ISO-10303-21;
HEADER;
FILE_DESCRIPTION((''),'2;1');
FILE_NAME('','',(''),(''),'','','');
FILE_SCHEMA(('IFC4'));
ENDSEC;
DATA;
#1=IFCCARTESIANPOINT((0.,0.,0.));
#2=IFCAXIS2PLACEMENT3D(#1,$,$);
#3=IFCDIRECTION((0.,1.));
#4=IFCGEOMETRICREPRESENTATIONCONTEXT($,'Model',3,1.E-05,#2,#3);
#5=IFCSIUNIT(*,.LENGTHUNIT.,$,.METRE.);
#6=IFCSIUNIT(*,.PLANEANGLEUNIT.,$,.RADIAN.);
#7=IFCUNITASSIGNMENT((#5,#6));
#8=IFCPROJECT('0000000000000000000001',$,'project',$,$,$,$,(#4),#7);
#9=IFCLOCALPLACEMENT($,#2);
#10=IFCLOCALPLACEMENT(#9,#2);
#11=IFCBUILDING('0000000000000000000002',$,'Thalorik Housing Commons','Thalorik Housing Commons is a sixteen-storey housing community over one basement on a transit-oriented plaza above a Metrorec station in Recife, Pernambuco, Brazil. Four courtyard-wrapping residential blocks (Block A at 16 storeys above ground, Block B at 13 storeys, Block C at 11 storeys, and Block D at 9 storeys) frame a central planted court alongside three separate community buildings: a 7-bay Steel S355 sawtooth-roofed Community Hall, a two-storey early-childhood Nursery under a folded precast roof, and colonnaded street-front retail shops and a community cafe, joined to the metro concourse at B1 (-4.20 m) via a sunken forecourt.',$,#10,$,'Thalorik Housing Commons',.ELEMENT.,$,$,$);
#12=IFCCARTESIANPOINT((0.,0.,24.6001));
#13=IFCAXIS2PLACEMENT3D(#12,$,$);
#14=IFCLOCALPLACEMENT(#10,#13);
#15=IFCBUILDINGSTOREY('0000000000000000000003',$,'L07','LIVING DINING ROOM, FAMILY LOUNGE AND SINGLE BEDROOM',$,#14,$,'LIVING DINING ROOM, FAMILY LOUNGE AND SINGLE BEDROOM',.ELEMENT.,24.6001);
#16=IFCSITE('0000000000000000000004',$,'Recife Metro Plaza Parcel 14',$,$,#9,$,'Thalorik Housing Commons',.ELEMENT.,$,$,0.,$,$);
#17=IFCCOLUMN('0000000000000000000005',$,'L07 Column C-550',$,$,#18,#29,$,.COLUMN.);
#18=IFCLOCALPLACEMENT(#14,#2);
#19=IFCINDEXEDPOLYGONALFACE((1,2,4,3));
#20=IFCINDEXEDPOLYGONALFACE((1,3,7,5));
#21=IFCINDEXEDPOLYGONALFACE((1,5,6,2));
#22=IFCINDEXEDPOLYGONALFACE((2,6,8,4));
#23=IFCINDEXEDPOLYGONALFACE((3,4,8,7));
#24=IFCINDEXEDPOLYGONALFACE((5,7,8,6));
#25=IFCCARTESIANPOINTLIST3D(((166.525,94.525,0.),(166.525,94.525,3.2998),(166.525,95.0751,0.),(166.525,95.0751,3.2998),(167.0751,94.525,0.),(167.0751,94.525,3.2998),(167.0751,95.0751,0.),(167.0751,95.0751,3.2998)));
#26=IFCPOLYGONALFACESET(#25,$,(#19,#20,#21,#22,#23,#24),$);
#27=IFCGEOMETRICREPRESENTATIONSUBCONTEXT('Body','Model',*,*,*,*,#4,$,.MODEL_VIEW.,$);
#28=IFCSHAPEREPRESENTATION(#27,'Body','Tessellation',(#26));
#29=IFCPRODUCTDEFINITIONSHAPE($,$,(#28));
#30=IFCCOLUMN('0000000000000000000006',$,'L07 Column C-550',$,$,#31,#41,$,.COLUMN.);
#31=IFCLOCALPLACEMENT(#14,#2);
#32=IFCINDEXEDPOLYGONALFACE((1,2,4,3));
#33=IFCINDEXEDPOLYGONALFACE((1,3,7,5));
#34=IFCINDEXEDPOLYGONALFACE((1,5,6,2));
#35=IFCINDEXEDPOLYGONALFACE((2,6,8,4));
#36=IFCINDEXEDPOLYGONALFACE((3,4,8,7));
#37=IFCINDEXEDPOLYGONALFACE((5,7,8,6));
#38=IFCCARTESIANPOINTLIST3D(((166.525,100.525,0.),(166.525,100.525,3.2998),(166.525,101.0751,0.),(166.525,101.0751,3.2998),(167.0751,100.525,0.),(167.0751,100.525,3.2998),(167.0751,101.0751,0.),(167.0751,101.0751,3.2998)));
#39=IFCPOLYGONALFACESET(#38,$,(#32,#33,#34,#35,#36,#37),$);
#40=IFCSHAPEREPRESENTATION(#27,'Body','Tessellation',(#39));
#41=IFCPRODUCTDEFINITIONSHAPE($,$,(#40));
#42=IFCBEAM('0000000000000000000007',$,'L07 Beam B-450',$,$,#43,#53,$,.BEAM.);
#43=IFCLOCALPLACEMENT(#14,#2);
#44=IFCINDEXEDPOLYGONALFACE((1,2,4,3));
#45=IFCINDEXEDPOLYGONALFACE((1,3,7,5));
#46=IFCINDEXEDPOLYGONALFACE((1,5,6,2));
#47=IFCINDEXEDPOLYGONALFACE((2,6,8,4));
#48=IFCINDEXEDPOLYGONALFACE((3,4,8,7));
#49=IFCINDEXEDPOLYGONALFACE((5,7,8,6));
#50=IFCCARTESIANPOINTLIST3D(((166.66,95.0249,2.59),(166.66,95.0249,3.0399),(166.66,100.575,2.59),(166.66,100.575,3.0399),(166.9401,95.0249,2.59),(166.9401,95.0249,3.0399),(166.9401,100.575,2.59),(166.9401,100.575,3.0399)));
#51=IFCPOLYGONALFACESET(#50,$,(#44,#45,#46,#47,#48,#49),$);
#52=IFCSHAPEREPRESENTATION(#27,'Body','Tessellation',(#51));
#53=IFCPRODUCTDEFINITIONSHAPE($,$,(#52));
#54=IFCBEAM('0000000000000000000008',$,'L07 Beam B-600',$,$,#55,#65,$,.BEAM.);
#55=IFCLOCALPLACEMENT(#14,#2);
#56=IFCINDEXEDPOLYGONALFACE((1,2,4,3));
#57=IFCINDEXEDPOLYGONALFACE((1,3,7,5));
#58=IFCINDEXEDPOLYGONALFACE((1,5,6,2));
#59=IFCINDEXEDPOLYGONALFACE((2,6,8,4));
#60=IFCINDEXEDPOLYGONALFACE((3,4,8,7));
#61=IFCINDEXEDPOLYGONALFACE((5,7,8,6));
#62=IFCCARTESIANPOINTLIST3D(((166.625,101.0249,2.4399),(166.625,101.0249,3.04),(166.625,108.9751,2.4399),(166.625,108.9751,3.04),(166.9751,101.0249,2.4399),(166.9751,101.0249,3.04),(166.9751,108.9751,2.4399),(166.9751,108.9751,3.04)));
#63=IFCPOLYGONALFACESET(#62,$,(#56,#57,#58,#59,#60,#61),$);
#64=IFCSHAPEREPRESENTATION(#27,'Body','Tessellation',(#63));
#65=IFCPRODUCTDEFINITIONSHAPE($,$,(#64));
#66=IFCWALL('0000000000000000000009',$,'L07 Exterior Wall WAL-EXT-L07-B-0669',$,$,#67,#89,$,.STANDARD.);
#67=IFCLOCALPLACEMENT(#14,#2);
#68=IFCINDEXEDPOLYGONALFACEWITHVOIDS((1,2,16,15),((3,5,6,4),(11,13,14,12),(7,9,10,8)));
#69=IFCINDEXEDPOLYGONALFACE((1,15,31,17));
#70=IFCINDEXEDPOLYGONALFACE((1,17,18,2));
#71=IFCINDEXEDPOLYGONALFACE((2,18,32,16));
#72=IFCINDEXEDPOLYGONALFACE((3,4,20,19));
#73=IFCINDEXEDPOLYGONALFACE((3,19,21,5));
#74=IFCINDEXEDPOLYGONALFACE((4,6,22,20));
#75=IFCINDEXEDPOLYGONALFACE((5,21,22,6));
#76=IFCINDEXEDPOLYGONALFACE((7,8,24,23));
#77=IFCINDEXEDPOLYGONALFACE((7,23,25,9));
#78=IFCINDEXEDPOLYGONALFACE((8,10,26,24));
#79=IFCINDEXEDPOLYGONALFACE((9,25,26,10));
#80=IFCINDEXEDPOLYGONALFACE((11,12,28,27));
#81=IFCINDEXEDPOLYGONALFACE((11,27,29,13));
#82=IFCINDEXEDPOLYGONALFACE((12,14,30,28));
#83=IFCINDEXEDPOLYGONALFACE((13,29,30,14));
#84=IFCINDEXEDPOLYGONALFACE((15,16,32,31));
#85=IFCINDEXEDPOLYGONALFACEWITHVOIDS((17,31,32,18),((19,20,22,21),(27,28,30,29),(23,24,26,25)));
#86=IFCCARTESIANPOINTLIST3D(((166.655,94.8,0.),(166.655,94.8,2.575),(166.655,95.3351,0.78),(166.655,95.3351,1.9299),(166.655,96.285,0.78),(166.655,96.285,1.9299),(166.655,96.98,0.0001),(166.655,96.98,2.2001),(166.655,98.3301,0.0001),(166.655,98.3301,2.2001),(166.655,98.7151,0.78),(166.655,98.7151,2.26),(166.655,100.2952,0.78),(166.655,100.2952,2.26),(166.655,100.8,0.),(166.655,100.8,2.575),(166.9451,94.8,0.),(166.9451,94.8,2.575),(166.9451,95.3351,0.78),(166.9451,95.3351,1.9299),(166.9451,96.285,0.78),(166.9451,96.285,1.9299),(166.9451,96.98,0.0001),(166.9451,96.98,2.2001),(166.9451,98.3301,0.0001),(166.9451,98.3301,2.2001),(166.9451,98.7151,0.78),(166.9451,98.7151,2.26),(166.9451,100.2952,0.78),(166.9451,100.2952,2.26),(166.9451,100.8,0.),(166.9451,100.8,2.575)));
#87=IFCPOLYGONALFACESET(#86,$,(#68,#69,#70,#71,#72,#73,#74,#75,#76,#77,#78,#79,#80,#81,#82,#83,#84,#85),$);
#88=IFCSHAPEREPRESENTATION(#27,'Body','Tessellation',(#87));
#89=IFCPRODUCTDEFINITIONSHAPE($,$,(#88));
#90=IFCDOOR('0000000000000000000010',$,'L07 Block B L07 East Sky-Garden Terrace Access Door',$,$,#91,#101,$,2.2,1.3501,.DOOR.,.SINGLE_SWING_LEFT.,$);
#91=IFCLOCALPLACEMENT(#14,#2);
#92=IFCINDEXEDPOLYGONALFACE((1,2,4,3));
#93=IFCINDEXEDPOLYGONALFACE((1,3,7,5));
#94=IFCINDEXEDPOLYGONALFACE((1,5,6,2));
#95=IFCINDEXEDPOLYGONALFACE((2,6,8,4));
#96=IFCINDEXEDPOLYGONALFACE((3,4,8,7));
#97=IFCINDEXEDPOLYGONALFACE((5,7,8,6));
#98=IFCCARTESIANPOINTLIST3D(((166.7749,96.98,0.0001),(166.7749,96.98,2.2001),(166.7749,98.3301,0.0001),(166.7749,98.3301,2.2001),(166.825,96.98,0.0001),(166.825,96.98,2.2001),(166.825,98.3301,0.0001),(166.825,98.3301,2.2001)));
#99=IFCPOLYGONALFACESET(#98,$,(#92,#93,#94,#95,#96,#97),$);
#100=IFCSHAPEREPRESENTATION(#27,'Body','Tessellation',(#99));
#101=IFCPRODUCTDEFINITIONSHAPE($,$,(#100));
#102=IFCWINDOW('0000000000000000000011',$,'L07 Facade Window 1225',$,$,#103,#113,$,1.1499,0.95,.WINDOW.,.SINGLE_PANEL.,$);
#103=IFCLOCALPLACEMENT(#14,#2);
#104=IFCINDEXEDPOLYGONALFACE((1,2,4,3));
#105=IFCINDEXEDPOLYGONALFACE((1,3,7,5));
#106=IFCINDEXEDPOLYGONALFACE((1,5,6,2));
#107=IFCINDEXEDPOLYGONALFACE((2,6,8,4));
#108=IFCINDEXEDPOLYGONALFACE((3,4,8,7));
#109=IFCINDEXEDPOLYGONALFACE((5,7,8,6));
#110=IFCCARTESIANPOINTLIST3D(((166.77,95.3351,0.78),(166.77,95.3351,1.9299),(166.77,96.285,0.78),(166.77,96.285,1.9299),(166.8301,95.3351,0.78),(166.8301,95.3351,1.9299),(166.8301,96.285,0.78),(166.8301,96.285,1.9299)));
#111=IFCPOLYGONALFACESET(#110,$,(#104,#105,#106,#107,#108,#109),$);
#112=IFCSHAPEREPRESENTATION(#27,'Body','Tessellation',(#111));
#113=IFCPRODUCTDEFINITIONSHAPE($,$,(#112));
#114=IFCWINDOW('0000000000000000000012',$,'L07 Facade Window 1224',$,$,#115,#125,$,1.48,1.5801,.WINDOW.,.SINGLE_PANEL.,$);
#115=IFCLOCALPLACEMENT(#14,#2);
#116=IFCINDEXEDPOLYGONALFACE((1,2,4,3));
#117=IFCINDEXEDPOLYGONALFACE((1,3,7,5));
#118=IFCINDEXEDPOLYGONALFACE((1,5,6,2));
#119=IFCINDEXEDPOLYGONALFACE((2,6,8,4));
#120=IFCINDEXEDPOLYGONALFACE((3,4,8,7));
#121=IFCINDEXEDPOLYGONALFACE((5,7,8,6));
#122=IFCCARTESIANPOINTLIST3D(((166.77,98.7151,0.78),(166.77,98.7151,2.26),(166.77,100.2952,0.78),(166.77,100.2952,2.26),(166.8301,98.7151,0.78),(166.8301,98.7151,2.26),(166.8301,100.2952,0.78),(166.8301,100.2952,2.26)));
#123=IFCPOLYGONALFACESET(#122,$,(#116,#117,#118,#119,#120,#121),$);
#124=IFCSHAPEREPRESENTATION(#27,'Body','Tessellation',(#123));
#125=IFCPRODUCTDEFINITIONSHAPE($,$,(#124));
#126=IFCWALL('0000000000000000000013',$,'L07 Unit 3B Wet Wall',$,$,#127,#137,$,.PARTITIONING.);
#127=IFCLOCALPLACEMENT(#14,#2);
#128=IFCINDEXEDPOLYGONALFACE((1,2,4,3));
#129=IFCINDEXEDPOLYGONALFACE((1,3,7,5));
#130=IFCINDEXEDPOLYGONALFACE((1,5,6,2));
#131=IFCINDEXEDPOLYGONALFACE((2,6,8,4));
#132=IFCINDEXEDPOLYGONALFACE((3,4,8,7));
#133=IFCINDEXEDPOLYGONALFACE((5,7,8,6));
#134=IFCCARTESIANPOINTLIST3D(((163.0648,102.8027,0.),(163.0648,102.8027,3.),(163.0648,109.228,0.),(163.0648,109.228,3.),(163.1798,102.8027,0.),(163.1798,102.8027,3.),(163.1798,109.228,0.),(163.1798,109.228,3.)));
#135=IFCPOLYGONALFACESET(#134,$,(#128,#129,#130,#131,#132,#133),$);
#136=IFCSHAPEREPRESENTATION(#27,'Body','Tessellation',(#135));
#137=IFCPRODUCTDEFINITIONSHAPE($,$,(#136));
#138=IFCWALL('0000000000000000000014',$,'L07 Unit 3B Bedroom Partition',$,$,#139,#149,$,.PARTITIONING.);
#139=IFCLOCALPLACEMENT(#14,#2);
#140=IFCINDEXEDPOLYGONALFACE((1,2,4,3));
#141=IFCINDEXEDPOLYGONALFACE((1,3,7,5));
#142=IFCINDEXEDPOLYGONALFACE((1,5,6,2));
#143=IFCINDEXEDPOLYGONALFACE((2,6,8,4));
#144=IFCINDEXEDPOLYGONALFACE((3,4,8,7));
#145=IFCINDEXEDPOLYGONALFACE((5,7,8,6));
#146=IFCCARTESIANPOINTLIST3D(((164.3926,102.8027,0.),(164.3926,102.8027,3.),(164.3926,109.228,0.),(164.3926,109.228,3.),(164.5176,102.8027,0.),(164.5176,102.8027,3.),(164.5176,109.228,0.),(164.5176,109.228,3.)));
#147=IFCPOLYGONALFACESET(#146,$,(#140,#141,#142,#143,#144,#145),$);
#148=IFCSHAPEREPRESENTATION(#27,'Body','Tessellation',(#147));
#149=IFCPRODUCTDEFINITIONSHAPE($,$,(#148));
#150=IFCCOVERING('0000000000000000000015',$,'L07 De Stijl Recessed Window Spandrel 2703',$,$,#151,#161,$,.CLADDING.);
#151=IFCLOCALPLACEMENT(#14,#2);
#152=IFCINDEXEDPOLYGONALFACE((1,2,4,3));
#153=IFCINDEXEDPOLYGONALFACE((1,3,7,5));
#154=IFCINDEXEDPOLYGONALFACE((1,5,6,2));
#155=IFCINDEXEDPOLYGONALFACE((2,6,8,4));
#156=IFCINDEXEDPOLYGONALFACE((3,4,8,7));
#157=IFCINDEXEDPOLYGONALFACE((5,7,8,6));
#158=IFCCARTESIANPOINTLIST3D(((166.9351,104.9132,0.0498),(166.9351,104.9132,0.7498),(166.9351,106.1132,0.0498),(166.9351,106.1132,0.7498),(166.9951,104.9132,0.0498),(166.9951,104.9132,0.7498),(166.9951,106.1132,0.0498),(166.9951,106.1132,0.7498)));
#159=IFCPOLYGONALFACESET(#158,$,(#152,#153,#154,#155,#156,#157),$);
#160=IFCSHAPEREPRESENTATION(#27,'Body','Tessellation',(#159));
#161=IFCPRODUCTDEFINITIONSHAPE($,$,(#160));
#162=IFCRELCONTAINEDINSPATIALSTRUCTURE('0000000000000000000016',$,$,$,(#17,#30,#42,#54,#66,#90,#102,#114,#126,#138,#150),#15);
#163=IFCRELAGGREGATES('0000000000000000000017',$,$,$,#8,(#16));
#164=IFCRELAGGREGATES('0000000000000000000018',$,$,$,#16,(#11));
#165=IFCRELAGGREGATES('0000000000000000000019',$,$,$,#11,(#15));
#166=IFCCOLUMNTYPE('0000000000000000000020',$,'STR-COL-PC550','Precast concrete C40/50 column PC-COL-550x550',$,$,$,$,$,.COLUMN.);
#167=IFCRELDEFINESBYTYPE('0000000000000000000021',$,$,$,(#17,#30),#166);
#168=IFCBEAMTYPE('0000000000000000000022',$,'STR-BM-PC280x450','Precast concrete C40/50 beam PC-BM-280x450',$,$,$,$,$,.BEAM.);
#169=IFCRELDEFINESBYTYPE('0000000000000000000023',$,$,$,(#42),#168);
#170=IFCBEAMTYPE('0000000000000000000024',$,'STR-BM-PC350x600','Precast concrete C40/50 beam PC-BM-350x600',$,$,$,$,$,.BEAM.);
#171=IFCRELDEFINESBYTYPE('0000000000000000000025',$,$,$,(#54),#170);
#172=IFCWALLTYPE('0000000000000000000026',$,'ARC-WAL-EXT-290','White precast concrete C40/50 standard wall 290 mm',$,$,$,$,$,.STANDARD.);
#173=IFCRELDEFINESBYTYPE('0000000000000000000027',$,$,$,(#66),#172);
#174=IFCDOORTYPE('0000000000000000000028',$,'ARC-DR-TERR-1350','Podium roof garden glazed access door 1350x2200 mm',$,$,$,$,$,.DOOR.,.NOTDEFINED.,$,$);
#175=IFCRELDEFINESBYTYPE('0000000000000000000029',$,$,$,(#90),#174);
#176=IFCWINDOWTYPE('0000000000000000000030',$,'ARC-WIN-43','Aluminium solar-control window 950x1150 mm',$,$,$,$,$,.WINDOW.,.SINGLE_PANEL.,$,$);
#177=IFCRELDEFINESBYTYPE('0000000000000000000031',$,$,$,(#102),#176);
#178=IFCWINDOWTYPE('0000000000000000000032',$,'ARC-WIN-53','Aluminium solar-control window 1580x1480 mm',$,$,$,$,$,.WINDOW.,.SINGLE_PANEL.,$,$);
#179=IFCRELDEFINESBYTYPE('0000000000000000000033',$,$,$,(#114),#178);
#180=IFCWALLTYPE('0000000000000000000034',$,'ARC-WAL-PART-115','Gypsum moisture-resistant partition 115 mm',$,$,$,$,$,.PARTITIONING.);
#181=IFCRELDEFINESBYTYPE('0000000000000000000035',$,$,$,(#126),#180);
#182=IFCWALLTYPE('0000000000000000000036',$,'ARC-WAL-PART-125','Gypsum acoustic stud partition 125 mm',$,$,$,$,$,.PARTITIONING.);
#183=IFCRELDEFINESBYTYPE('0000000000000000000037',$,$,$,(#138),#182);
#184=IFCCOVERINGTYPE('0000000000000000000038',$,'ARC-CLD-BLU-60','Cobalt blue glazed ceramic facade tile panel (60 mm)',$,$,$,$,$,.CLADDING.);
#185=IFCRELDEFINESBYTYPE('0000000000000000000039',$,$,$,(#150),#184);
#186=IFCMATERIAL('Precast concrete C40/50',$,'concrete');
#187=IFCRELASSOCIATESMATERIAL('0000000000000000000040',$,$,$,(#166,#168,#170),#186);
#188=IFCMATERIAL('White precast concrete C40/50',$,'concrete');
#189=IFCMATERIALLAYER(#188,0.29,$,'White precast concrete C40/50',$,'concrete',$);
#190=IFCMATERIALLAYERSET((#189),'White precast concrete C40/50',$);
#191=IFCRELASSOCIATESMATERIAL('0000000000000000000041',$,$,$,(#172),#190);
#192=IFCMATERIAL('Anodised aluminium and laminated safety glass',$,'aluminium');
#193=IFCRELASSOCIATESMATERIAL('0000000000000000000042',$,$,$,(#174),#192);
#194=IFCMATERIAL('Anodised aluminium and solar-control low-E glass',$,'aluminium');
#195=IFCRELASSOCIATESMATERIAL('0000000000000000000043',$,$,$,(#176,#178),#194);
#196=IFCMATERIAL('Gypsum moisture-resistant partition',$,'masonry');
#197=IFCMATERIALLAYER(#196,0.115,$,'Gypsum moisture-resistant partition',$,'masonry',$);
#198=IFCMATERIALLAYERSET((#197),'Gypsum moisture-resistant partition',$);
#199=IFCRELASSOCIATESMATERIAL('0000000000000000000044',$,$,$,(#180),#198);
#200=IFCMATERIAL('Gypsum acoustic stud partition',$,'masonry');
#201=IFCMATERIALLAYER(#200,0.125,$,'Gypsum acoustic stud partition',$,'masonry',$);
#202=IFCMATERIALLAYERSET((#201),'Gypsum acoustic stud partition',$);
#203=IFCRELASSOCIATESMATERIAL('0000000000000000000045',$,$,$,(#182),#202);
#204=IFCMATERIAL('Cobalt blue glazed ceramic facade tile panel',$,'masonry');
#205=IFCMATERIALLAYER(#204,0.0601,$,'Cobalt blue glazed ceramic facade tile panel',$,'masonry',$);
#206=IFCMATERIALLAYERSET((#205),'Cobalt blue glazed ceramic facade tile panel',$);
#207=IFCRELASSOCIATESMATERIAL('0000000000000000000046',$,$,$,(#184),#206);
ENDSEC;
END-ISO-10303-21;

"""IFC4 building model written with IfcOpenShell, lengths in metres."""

from ifc_helpers import new_model, si_unit, direction, frame, frame_2d, origin, origin_2d, place, context, subcontext, project, spatial, rectangle, extrude, material, layer, layer_set, material_profile, profile_set, type_object, element, fill, save


model = new_model("IFC4")

# Units and contexts
model_context = context("Model", 3, precision=1e-05, world=origin(), true_north=direction((0.0, 1.0)))
body_context = subcontext(model_context, "Body", "Model", "MODEL_VIEW")
ifc_project = project(units=[si_unit("LENGTHUNIT", "METRE"), si_unit("PLANEANGLEUNIT", "RADIAN")], contexts=[model_context])

# Site, building, storey
site_placement = place(None, origin())
site = spatial("IfcSite", under=ifc_project, at=site_placement, Name="Recife Metro Plaza Parcel 14", LongName="Thalorik Housing Commons", CompositionType="ELEMENT", RefElevation=0.0)
building_placement = place(site_placement, origin())
building = spatial("IfcBuilding", under=site, at=building_placement, Name="Thalorik Housing Commons", Description="Thalorik Housing Commons is a sixteen-storey housing community over one basement on a transit-oriented plaza above a Metrorec station in Recife, Pernambuco, Brazil. Four courtyard-wrapping residential blocks (Block A at 16 storeys above ground, Block B at 13 storeys, Block C at 11 storeys, and Block D at 9 storeys) frame a central planted court alongside three separate community buildings: a 7-bay Steel S355 sawtooth-roofed Community Hall, a two-storey early-childhood Nursery under a folded precast roof, and colonnaded street-front retail shops and a community cafe, joined to the metro concourse at B1 (-4.20 m) via a sunken forecourt.", LongName="Thalorik Housing Commons", CompositionType="ELEMENT")
storey_placement = place(building_placement, frame((0.0, 0.0, 24.6001)))
storey = spatial("IfcBuildingStorey", under=building, at=storey_placement, Name="L07", Description="LIVING DINING ROOM, FAMILY LOUNGE AND SINGLE BEDROOM", LongName="LIVING DINING ROOM, FAMILY LOUNGE AND SINGLE BEDROOM", CompositionType="ELEMENT", Elevation=24.6001)

# Columns
ifc_material_1 = material(Name="Precast concrete C40/50", Category="concrete")
ifc_material_profile_1 = material_profile(ifc_material_1, rectangle(XDim=0.55, YDim=0.55, at=origin_2d()), Name="PC 550x550", Category="concrete")
ifc_profile_set_1 = profile_set([ifc_material_profile_1], Name="Precast concrete C40/50")
column_type = type_object("IfcColumnType", Name="STR-COL-PC550", Description="Precast concrete C40/50 column PC-COL-550x550", PredefinedType="COLUMN", material=ifc_profile_set_1)
for number, where, z_axis, x_axis, name in (
    (1, (166.8, 94.8, 0.0), (0.0, 0.0, 1.0), (1.0, 0.0, 0.0), "L07 Column C-550"),
    (2, (166.8, 100.8, 0.0), (0.0, 0.0, 1.0), (1.0, 0.0, 0.0), "L07 Column C-550"),
):
    element("IfcColumn", number, at=place(storey_placement, frame(where, z_axis=z_axis, x_axis=x_axis)), inside=storey, type_object=column_type, Name=name, PredefinedType="COLUMN", context=body_context, shape_type="SweptSolid", body=[
        extrude(rectangle(XDim=0.55, YDim=0.55, at=origin_2d()), origin(), (0.0, 0.0, 1.0), 3.2998),
    ])

# Beams
ifc_material_profile_2 = material_profile(ifc_material_1, rectangle(XDim=0.28, YDim=0.45, at=origin_2d()), Name="PC 280x450", Category="concrete")
ifc_profile_set_2 = profile_set([ifc_material_profile_2], Name="Precast concrete C40/50")
beam_type_1 = type_object("IfcBeamType", Name="STR-BM-PC280x450", Description="Precast concrete C40/50 beam PC-BM-280x450", PredefinedType="BEAM", material=ifc_profile_set_2)
beam_1_placement = place(storey_placement, frame((166.8, 95.0249, 2.8149), z_axis=(0.0, 1.0, 0.0), x_axis=(-1.0, 0.0, 0.0)))
element("IfcBeam", 3, at=beam_1_placement, inside=storey, type_object=beam_type_1, Name="L07 Beam B-450", PredefinedType="BEAM", context=body_context, shape_type="SweptSolid", body=[
    extrude(rectangle(XDim=0.28, YDim=0.45, at=origin_2d()), origin(), (0.0, 0.0, 1.0), 5.55),
])
ifc_material_profile_3 = material_profile(ifc_material_1, rectangle(XDim=0.3501, YDim=0.6001, at=origin_2d()), Name="PC 350x600", Category="concrete")
ifc_profile_set_3 = profile_set([ifc_material_profile_3], Name="Precast concrete C40/50")
beam_type_2 = type_object("IfcBeamType", Name="STR-BM-PC350x600", Description="Precast concrete C40/50 beam PC-BM-350x600", PredefinedType="BEAM", material=ifc_profile_set_3)
beam_2_placement = place(storey_placement, frame((166.8, 101.0249, 2.74), z_axis=(0.0, 1.0, 0.0), x_axis=(-1.0, 0.0, 0.0)))
element("IfcBeam", 4, at=beam_2_placement, inside=storey, type_object=beam_type_2, Name="L07 Beam B-600", PredefinedType="BEAM", context=body_context, shape_type="SweptSolid", body=[
    extrude(rectangle(XDim=0.3501, YDim=0.6001, at=origin_2d()), origin(), (0.0, 0.0, 1.0), 7.9502),
])

# Wall, openings, door, windows
ifc_material_2 = material(Name="White precast concrete C40/50", Category="concrete")
ifc_layer_1 = layer(ifc_material_2, 0.29, Name="White precast concrete C40/50", Category="concrete")
ifc_layer_set_1 = layer_set([ifc_layer_1], Name="White precast concrete C40/50")
wall_type_1 = type_object("IfcWallType", Name="ARC-WAL-EXT-290", Description="White precast concrete C40/50 standard wall 290 mm", PredefinedType="STANDARD", material=ifc_layer_set_1)
wall_1_placement = place(storey_placement, frame((166.8, 94.8, 0.0), z_axis=(0.0, 0.0, 1.0), x_axis=(0.0, 1.0, 0.0)))
wall_1 = element("IfcWall", 5, at=wall_1_placement, inside=storey, type_object=wall_type_1, Name="L07 Exterior Wall WAL-EXT-L07-B-0669", PredefinedType="STANDARD", context=body_context, shape_type="SweptSolid", body=[
    extrude(rectangle(XDim=6.0, YDim=0.29, at=frame_2d((3.0, 0.0))), origin(), (0.0, 0.0, 1.0), 2.575),
])
opening_1_placement = place(wall_1_placement, frame((2.1799, 0.0, 0.0)))
opening_1 = element("IfcOpeningElement", 6, at=opening_1_placement, cuts=wall_1, PredefinedType="OPENING", context=body_context, shape_type="SweptSolid", body=[
    extrude(rectangle(XDim=1.3501, YDim=2.2, at=frame_2d((0.675, 1.1001))), frame((0.0, 0.155, 0.0), z_axis=(0.0, -1.0, 0.0), x_axis=(1.0, 0.0, 0.0)), (0.0, 0.0, 1.0), 0.3101),
])
opening_2_placement = place(wall_1_placement, frame((3.915, 0.0, 0.78)))
opening_2 = element("IfcOpeningElement", 7, at=opening_2_placement, cuts=wall_1, PredefinedType="OPENING", context=body_context, shape_type="SweptSolid", body=[
    extrude(rectangle(XDim=1.5801, YDim=1.48, at=frame_2d((0.79, 0.74))), frame((0.0, 0.155, 0.0), z_axis=(0.0, -1.0, 0.0), x_axis=(1.0, 0.0, 0.0)), (0.0, 0.0, 1.0), 0.3101),
])
opening_3_placement = place(wall_1_placement, frame((0.5349, 0.0, 0.78)))
opening_3 = element("IfcOpeningElement", 8, at=opening_3_placement, cuts=wall_1, PredefinedType="OPENING", context=body_context, shape_type="SweptSolid", body=[
    extrude(rectangle(XDim=0.95, YDim=1.1499, at=frame_2d((0.4751, 0.575))), frame((0.0, 0.155, 0.0), z_axis=(0.0, -1.0, 0.0), x_axis=(1.0, 0.0, 0.0)), (0.0, 0.0, 1.0), 0.3101),
])
ifc_material_3 = material(Name="Anodised aluminium and laminated safety glass", Category="aluminium")
door_type_1 = type_object("IfcDoorType", Name="ARC-DR-TERR-1350", Description="Podium roof garden glazed access door 1350x2200 mm", OperationType="NOTDEFINED", PredefinedType="DOOR", material=ifc_material_3)
door_1_placement = place(opening_1_placement, frame((1.3501, 0.0, 0.0), z_axis=(0.0, 0.0, 1.0), x_axis=(-1.0, 0.0, 0.0)))
door_1 = element("IfcDoor", 9, at=door_1_placement, inside=storey, type_object=door_type_1, Name="L07 Block B L07 East Sky-Garden Terrace Access Door", OperationType="SINGLE_SWING_LEFT", OverallHeight=2.2, OverallWidth=1.3501, PredefinedType="DOOR", context=body_context, shape_type="SweptSolid", body=[
    extrude(rectangle(XDim=1.3501, YDim=2.2, at=frame_2d((0.675, 1.1001))), frame((0.0, 0.0249, 0.0), z_axis=(0.0, -1.0, 0.0), x_axis=(1.0, 0.0, 0.0)), (0.0, 0.0, 1.0), 0.05),
])
fill(opening_1, door_1)
ifc_material_4 = material(Name="Anodised aluminium and solar-control low-E glass", Category="aluminium")
window_type_1 = type_object("IfcWindowType", Name="ARC-WIN-43", Description="Aluminium solar-control window 950x1150 mm", PartitioningType="SINGLE_PANEL", PredefinedType="WINDOW", material=ifc_material_4)
window_1_placement = place(opening_3_placement, origin())
window_1 = element("IfcWindow", 10, at=window_1_placement, inside=storey, type_object=window_type_1, Name="L07 Facade Window 1225", OverallHeight=1.1499, OverallWidth=0.95, PartitioningType="SINGLE_PANEL", PredefinedType="WINDOW", context=body_context, shape_type="SweptSolid", body=[
    extrude(rectangle(XDim=0.95, YDim=1.1499, at=frame_2d((0.4751, 0.575))), frame((0.0, 0.03, 0.0), z_axis=(0.0, -1.0, 0.0), x_axis=(1.0, 0.0, 0.0)), (0.0, 0.0, 1.0), 0.0601),
])
fill(opening_3, window_1)
window_type_2 = type_object("IfcWindowType", Name="ARC-WIN-53", Description="Aluminium solar-control window 1580x1480 mm", PartitioningType="SINGLE_PANEL", PredefinedType="WINDOW", material=ifc_material_4)
window_2_placement = place(opening_2_placement, origin())
window_2 = element("IfcWindow", 11, at=window_2_placement, inside=storey, type_object=window_type_2, Name="L07 Facade Window 1224", OverallHeight=1.48, OverallWidth=1.5801, PartitioningType="SINGLE_PANEL", PredefinedType="WINDOW", context=body_context, shape_type="SweptSolid", body=[
    extrude(rectangle(XDim=1.5801, YDim=1.48, at=frame_2d((0.79, 0.74))), frame((0.0, 0.03, 0.0), z_axis=(0.0, -1.0, 0.0), x_axis=(1.0, 0.0, 0.0)), (0.0, 0.0, 1.0), 0.0601),
])
fill(opening_2, window_2)

# Walls
ifc_material_5 = material(Name="Gypsum moisture-resistant partition", Category="masonry")
ifc_layer_2 = layer(ifc_material_5, 0.115, Name="Gypsum moisture-resistant partition", Category="masonry")
ifc_layer_set_2 = layer_set([ifc_layer_2], Name="Gypsum moisture-resistant partition")
wall_type_2 = type_object("IfcWallType", Name="ARC-WAL-PART-115", Description="Gypsum moisture-resistant partition 115 mm", PredefinedType="PARTITIONING", material=ifc_layer_set_2)
wall_2_placement = place(storey_placement, frame((163.1223, 102.8027, 0.0), z_axis=(0.0, 0.0, 1.0), x_axis=(0.0, 1.0, 0.0)))
element("IfcWall", 12, at=wall_2_placement, inside=storey, type_object=wall_type_2, Name="L07 Unit 3B Wet Wall", PredefinedType="PARTITIONING", context=body_context, shape_type="SweptSolid", body=[
    extrude(rectangle(XDim=6.4253, YDim=0.115, at=frame_2d((3.2126, 0.0))), origin(), (0.0, 0.0, 1.0), 3.0),
])
ifc_material_6 = material(Name="Gypsum acoustic stud partition", Category="masonry")
ifc_layer_3 = layer(ifc_material_6, 0.125, Name="Gypsum acoustic stud partition", Category="masonry")
ifc_layer_set_3 = layer_set([ifc_layer_3], Name="Gypsum acoustic stud partition")
wall_type_3 = type_object("IfcWallType", Name="ARC-WAL-PART-125", Description="Gypsum acoustic stud partition 125 mm", PredefinedType="PARTITIONING", material=ifc_layer_set_3)
wall_3_placement = place(storey_placement, frame((164.4551, 102.8027, 0.0), z_axis=(0.0, 0.0, 1.0), x_axis=(0.0, 1.0, 0.0)))
element("IfcWall", 13, at=wall_3_placement, inside=storey, type_object=wall_type_3, Name="L07 Unit 3B Bedroom Partition", PredefinedType="PARTITIONING", context=body_context, shape_type="SweptSolid", body=[
    extrude(rectangle(XDim=6.4253, YDim=0.125, at=frame_2d((3.2126, 0.0))), origin(), (0.0, 0.0, 1.0), 3.0),
])

# Covering
ifc_material_7 = material(Name="Cobalt blue glazed ceramic facade tile panel", Category="masonry")
ifc_layer_4 = layer(ifc_material_7, 0.0601, Name="Cobalt blue glazed ceramic facade tile panel", Category="masonry")
ifc_layer_set_4 = layer_set([ifc_layer_4], Name="Cobalt blue glazed ceramic facade tile panel")
covering_type_1 = type_object("IfcCoveringType", Name="ARC-CLD-BLU-60", Description="Cobalt blue glazed ceramic facade tile panel (60 mm)", PredefinedType="CLADDING", material=ifc_layer_set_4)
covering_1_placement = place(storey_placement, frame((166.9651, 105.5132, 0.0498), z_axis=(0.0, 0.0, 1.0), x_axis=(0.0, 1.0, 0.0)))
element("IfcCovering", 14, at=covering_1_placement, inside=storey, type_object=covering_type_1, Name="L07 De Stijl Recessed Window Spandrel 2703", PredefinedType="CLADDING", context=body_context, shape_type="SweptSolid", body=[
    extrude(rectangle(XDim=1.2, YDim=0.0601, at=origin_2d()), origin(), (0.0, 0.0, 1.0), 0.7),
])

save(model, "model.ifc")
